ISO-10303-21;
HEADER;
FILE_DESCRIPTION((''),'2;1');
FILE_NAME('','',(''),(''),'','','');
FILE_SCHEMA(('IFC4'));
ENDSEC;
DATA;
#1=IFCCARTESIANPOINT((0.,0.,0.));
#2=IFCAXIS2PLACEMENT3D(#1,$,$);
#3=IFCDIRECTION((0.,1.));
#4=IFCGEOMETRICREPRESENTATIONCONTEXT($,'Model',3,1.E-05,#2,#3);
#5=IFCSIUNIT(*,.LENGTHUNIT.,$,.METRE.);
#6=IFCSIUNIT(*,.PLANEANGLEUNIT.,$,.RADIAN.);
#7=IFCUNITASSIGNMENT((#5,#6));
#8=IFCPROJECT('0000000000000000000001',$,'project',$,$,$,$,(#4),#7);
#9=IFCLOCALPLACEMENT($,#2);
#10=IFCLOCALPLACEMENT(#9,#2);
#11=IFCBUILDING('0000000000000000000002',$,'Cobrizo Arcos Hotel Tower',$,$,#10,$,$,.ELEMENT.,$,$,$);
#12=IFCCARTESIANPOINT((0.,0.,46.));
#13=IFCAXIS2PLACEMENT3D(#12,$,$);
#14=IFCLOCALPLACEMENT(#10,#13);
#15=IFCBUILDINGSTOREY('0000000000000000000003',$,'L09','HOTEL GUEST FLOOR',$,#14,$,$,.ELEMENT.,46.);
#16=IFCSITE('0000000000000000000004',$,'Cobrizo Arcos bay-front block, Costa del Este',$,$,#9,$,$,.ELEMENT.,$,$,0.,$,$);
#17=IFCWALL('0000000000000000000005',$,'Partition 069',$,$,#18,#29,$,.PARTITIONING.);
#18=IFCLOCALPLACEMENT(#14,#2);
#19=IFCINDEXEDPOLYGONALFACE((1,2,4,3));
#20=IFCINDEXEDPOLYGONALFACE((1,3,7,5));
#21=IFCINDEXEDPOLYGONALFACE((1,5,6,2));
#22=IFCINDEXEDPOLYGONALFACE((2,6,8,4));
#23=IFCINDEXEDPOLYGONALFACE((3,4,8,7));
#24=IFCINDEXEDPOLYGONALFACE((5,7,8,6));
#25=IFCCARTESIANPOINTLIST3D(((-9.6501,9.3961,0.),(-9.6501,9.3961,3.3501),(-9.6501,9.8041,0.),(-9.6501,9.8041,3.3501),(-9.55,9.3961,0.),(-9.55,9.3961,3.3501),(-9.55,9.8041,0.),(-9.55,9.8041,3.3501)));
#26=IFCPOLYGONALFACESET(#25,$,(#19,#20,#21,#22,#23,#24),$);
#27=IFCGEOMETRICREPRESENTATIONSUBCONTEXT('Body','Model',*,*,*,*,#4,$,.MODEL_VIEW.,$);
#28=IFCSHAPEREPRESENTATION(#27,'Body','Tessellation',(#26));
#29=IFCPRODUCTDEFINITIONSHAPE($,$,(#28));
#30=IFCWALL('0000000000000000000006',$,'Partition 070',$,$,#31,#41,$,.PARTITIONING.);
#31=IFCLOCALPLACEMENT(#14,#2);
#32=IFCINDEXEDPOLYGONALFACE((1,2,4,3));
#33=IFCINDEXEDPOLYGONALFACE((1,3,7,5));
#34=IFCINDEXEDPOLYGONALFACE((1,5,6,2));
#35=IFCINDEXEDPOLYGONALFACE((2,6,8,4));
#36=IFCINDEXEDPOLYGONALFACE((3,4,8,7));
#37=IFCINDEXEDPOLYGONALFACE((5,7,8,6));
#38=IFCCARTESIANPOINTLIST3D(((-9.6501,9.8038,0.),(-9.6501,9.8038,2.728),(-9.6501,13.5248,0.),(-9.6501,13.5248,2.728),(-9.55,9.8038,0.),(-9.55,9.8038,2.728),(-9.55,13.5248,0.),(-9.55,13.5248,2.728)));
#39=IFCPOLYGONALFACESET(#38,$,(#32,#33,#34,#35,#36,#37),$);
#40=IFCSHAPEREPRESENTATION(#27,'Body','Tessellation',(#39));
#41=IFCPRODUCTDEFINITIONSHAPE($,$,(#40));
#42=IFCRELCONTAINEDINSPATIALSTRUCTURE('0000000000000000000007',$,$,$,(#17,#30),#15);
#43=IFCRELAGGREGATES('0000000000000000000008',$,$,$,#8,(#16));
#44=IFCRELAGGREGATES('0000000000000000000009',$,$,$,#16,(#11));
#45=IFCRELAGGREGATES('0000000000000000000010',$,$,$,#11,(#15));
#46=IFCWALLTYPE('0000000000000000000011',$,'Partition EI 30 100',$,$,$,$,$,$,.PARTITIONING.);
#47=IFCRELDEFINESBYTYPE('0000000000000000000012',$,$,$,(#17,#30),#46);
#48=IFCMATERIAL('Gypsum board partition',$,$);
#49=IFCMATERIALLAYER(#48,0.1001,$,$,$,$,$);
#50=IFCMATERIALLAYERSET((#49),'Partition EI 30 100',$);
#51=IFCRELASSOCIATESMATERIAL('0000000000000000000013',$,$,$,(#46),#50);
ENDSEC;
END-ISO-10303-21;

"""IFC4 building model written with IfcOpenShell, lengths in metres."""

from ifc_helpers import new_model, si_unit, direction, frame, frame_2d, origin, place, context, subcontext, project, spatial, rectangle, extrude, material, layer, layer_set, type_object, element, save


model = new_model("IFC4")

# Units and contexts
model_context = context("Model", 3, precision=1e-05, world=origin(), true_north=direction((0.0, 1.0)))
body_context = subcontext(model_context, "Body", "Model", "MODEL_VIEW")
ifc_project = project(units=[si_unit("LENGTHUNIT", "METRE"), si_unit("PLANEANGLEUNIT", "RADIAN")], contexts=[model_context])

# Site, building, storey
site_placement = place(None, origin())
site = spatial("IfcSite", under=ifc_project, at=site_placement, Name="Cobrizo Arcos bay-front block, Costa del Este", CompositionType="ELEMENT", RefElevation=0.0)
building_placement = place(site_placement, origin())
building = spatial("IfcBuilding", under=site, at=building_placement, Name="Cobrizo Arcos Hotel Tower", CompositionType="ELEMENT")
storey_placement = place(building_placement, frame((0.0, 0.0, 46.0)))
storey = spatial("IfcBuildingStorey", under=building, at=storey_placement, Name="L09", Description="HOTEL GUEST FLOOR", CompositionType="ELEMENT", Elevation=46.0)

# Shared definitions
ifc_material_1 = material(Name="Gypsum board partition")

# Walls
ifc_layer_1 = layer(ifc_material_1, 0.1001)
ifc_layer_set_1 = layer_set([ifc_layer_1], Name="Partition EI 30 100")
wall_type_1 = type_object("IfcWallType", Name="Partition EI 30 100", PredefinedType="PARTITIONING", material=ifc_layer_set_1)
wall_1_placement = place(storey_placement, frame((-9.6001, 9.396, 0.0), z_axis=(0.0, 0.0, 1.0), x_axis=(0.0, 1.0, 0.0)))
element("IfcWall", 1, at=wall_1_placement, inside=storey, type_object=wall_type_1, Name="Partition 069", PredefinedType="PARTITIONING", context=body_context, shape_type="SweptSolid", body=[
    extrude(rectangle(XDim=0.408, YDim=0.1001, at=frame_2d((0.2041, 0.0))), origin(), (0.0, 0.0, 1.0), 3.3501),
])
wall_2_placement = place(storey_placement, frame((-9.6001, 9.804, 0.0), z_axis=(0.0, 0.0, 1.0), x_axis=(0.0, 1.0, 0.0)))
element("IfcWall", 2, at=wall_2_placement, inside=storey, type_object=wall_type_1, Name="Partition 070", PredefinedType="PARTITIONING", context=body_context, shape_type="SweptSolid", body=[
    extrude(rectangle(XDim=3.7209, YDim=0.1001, at=frame_2d((1.8604, 0.0))), origin(), (0.0, 0.0, 1.0), 2.728),
])

save(model, "model.ifc")
